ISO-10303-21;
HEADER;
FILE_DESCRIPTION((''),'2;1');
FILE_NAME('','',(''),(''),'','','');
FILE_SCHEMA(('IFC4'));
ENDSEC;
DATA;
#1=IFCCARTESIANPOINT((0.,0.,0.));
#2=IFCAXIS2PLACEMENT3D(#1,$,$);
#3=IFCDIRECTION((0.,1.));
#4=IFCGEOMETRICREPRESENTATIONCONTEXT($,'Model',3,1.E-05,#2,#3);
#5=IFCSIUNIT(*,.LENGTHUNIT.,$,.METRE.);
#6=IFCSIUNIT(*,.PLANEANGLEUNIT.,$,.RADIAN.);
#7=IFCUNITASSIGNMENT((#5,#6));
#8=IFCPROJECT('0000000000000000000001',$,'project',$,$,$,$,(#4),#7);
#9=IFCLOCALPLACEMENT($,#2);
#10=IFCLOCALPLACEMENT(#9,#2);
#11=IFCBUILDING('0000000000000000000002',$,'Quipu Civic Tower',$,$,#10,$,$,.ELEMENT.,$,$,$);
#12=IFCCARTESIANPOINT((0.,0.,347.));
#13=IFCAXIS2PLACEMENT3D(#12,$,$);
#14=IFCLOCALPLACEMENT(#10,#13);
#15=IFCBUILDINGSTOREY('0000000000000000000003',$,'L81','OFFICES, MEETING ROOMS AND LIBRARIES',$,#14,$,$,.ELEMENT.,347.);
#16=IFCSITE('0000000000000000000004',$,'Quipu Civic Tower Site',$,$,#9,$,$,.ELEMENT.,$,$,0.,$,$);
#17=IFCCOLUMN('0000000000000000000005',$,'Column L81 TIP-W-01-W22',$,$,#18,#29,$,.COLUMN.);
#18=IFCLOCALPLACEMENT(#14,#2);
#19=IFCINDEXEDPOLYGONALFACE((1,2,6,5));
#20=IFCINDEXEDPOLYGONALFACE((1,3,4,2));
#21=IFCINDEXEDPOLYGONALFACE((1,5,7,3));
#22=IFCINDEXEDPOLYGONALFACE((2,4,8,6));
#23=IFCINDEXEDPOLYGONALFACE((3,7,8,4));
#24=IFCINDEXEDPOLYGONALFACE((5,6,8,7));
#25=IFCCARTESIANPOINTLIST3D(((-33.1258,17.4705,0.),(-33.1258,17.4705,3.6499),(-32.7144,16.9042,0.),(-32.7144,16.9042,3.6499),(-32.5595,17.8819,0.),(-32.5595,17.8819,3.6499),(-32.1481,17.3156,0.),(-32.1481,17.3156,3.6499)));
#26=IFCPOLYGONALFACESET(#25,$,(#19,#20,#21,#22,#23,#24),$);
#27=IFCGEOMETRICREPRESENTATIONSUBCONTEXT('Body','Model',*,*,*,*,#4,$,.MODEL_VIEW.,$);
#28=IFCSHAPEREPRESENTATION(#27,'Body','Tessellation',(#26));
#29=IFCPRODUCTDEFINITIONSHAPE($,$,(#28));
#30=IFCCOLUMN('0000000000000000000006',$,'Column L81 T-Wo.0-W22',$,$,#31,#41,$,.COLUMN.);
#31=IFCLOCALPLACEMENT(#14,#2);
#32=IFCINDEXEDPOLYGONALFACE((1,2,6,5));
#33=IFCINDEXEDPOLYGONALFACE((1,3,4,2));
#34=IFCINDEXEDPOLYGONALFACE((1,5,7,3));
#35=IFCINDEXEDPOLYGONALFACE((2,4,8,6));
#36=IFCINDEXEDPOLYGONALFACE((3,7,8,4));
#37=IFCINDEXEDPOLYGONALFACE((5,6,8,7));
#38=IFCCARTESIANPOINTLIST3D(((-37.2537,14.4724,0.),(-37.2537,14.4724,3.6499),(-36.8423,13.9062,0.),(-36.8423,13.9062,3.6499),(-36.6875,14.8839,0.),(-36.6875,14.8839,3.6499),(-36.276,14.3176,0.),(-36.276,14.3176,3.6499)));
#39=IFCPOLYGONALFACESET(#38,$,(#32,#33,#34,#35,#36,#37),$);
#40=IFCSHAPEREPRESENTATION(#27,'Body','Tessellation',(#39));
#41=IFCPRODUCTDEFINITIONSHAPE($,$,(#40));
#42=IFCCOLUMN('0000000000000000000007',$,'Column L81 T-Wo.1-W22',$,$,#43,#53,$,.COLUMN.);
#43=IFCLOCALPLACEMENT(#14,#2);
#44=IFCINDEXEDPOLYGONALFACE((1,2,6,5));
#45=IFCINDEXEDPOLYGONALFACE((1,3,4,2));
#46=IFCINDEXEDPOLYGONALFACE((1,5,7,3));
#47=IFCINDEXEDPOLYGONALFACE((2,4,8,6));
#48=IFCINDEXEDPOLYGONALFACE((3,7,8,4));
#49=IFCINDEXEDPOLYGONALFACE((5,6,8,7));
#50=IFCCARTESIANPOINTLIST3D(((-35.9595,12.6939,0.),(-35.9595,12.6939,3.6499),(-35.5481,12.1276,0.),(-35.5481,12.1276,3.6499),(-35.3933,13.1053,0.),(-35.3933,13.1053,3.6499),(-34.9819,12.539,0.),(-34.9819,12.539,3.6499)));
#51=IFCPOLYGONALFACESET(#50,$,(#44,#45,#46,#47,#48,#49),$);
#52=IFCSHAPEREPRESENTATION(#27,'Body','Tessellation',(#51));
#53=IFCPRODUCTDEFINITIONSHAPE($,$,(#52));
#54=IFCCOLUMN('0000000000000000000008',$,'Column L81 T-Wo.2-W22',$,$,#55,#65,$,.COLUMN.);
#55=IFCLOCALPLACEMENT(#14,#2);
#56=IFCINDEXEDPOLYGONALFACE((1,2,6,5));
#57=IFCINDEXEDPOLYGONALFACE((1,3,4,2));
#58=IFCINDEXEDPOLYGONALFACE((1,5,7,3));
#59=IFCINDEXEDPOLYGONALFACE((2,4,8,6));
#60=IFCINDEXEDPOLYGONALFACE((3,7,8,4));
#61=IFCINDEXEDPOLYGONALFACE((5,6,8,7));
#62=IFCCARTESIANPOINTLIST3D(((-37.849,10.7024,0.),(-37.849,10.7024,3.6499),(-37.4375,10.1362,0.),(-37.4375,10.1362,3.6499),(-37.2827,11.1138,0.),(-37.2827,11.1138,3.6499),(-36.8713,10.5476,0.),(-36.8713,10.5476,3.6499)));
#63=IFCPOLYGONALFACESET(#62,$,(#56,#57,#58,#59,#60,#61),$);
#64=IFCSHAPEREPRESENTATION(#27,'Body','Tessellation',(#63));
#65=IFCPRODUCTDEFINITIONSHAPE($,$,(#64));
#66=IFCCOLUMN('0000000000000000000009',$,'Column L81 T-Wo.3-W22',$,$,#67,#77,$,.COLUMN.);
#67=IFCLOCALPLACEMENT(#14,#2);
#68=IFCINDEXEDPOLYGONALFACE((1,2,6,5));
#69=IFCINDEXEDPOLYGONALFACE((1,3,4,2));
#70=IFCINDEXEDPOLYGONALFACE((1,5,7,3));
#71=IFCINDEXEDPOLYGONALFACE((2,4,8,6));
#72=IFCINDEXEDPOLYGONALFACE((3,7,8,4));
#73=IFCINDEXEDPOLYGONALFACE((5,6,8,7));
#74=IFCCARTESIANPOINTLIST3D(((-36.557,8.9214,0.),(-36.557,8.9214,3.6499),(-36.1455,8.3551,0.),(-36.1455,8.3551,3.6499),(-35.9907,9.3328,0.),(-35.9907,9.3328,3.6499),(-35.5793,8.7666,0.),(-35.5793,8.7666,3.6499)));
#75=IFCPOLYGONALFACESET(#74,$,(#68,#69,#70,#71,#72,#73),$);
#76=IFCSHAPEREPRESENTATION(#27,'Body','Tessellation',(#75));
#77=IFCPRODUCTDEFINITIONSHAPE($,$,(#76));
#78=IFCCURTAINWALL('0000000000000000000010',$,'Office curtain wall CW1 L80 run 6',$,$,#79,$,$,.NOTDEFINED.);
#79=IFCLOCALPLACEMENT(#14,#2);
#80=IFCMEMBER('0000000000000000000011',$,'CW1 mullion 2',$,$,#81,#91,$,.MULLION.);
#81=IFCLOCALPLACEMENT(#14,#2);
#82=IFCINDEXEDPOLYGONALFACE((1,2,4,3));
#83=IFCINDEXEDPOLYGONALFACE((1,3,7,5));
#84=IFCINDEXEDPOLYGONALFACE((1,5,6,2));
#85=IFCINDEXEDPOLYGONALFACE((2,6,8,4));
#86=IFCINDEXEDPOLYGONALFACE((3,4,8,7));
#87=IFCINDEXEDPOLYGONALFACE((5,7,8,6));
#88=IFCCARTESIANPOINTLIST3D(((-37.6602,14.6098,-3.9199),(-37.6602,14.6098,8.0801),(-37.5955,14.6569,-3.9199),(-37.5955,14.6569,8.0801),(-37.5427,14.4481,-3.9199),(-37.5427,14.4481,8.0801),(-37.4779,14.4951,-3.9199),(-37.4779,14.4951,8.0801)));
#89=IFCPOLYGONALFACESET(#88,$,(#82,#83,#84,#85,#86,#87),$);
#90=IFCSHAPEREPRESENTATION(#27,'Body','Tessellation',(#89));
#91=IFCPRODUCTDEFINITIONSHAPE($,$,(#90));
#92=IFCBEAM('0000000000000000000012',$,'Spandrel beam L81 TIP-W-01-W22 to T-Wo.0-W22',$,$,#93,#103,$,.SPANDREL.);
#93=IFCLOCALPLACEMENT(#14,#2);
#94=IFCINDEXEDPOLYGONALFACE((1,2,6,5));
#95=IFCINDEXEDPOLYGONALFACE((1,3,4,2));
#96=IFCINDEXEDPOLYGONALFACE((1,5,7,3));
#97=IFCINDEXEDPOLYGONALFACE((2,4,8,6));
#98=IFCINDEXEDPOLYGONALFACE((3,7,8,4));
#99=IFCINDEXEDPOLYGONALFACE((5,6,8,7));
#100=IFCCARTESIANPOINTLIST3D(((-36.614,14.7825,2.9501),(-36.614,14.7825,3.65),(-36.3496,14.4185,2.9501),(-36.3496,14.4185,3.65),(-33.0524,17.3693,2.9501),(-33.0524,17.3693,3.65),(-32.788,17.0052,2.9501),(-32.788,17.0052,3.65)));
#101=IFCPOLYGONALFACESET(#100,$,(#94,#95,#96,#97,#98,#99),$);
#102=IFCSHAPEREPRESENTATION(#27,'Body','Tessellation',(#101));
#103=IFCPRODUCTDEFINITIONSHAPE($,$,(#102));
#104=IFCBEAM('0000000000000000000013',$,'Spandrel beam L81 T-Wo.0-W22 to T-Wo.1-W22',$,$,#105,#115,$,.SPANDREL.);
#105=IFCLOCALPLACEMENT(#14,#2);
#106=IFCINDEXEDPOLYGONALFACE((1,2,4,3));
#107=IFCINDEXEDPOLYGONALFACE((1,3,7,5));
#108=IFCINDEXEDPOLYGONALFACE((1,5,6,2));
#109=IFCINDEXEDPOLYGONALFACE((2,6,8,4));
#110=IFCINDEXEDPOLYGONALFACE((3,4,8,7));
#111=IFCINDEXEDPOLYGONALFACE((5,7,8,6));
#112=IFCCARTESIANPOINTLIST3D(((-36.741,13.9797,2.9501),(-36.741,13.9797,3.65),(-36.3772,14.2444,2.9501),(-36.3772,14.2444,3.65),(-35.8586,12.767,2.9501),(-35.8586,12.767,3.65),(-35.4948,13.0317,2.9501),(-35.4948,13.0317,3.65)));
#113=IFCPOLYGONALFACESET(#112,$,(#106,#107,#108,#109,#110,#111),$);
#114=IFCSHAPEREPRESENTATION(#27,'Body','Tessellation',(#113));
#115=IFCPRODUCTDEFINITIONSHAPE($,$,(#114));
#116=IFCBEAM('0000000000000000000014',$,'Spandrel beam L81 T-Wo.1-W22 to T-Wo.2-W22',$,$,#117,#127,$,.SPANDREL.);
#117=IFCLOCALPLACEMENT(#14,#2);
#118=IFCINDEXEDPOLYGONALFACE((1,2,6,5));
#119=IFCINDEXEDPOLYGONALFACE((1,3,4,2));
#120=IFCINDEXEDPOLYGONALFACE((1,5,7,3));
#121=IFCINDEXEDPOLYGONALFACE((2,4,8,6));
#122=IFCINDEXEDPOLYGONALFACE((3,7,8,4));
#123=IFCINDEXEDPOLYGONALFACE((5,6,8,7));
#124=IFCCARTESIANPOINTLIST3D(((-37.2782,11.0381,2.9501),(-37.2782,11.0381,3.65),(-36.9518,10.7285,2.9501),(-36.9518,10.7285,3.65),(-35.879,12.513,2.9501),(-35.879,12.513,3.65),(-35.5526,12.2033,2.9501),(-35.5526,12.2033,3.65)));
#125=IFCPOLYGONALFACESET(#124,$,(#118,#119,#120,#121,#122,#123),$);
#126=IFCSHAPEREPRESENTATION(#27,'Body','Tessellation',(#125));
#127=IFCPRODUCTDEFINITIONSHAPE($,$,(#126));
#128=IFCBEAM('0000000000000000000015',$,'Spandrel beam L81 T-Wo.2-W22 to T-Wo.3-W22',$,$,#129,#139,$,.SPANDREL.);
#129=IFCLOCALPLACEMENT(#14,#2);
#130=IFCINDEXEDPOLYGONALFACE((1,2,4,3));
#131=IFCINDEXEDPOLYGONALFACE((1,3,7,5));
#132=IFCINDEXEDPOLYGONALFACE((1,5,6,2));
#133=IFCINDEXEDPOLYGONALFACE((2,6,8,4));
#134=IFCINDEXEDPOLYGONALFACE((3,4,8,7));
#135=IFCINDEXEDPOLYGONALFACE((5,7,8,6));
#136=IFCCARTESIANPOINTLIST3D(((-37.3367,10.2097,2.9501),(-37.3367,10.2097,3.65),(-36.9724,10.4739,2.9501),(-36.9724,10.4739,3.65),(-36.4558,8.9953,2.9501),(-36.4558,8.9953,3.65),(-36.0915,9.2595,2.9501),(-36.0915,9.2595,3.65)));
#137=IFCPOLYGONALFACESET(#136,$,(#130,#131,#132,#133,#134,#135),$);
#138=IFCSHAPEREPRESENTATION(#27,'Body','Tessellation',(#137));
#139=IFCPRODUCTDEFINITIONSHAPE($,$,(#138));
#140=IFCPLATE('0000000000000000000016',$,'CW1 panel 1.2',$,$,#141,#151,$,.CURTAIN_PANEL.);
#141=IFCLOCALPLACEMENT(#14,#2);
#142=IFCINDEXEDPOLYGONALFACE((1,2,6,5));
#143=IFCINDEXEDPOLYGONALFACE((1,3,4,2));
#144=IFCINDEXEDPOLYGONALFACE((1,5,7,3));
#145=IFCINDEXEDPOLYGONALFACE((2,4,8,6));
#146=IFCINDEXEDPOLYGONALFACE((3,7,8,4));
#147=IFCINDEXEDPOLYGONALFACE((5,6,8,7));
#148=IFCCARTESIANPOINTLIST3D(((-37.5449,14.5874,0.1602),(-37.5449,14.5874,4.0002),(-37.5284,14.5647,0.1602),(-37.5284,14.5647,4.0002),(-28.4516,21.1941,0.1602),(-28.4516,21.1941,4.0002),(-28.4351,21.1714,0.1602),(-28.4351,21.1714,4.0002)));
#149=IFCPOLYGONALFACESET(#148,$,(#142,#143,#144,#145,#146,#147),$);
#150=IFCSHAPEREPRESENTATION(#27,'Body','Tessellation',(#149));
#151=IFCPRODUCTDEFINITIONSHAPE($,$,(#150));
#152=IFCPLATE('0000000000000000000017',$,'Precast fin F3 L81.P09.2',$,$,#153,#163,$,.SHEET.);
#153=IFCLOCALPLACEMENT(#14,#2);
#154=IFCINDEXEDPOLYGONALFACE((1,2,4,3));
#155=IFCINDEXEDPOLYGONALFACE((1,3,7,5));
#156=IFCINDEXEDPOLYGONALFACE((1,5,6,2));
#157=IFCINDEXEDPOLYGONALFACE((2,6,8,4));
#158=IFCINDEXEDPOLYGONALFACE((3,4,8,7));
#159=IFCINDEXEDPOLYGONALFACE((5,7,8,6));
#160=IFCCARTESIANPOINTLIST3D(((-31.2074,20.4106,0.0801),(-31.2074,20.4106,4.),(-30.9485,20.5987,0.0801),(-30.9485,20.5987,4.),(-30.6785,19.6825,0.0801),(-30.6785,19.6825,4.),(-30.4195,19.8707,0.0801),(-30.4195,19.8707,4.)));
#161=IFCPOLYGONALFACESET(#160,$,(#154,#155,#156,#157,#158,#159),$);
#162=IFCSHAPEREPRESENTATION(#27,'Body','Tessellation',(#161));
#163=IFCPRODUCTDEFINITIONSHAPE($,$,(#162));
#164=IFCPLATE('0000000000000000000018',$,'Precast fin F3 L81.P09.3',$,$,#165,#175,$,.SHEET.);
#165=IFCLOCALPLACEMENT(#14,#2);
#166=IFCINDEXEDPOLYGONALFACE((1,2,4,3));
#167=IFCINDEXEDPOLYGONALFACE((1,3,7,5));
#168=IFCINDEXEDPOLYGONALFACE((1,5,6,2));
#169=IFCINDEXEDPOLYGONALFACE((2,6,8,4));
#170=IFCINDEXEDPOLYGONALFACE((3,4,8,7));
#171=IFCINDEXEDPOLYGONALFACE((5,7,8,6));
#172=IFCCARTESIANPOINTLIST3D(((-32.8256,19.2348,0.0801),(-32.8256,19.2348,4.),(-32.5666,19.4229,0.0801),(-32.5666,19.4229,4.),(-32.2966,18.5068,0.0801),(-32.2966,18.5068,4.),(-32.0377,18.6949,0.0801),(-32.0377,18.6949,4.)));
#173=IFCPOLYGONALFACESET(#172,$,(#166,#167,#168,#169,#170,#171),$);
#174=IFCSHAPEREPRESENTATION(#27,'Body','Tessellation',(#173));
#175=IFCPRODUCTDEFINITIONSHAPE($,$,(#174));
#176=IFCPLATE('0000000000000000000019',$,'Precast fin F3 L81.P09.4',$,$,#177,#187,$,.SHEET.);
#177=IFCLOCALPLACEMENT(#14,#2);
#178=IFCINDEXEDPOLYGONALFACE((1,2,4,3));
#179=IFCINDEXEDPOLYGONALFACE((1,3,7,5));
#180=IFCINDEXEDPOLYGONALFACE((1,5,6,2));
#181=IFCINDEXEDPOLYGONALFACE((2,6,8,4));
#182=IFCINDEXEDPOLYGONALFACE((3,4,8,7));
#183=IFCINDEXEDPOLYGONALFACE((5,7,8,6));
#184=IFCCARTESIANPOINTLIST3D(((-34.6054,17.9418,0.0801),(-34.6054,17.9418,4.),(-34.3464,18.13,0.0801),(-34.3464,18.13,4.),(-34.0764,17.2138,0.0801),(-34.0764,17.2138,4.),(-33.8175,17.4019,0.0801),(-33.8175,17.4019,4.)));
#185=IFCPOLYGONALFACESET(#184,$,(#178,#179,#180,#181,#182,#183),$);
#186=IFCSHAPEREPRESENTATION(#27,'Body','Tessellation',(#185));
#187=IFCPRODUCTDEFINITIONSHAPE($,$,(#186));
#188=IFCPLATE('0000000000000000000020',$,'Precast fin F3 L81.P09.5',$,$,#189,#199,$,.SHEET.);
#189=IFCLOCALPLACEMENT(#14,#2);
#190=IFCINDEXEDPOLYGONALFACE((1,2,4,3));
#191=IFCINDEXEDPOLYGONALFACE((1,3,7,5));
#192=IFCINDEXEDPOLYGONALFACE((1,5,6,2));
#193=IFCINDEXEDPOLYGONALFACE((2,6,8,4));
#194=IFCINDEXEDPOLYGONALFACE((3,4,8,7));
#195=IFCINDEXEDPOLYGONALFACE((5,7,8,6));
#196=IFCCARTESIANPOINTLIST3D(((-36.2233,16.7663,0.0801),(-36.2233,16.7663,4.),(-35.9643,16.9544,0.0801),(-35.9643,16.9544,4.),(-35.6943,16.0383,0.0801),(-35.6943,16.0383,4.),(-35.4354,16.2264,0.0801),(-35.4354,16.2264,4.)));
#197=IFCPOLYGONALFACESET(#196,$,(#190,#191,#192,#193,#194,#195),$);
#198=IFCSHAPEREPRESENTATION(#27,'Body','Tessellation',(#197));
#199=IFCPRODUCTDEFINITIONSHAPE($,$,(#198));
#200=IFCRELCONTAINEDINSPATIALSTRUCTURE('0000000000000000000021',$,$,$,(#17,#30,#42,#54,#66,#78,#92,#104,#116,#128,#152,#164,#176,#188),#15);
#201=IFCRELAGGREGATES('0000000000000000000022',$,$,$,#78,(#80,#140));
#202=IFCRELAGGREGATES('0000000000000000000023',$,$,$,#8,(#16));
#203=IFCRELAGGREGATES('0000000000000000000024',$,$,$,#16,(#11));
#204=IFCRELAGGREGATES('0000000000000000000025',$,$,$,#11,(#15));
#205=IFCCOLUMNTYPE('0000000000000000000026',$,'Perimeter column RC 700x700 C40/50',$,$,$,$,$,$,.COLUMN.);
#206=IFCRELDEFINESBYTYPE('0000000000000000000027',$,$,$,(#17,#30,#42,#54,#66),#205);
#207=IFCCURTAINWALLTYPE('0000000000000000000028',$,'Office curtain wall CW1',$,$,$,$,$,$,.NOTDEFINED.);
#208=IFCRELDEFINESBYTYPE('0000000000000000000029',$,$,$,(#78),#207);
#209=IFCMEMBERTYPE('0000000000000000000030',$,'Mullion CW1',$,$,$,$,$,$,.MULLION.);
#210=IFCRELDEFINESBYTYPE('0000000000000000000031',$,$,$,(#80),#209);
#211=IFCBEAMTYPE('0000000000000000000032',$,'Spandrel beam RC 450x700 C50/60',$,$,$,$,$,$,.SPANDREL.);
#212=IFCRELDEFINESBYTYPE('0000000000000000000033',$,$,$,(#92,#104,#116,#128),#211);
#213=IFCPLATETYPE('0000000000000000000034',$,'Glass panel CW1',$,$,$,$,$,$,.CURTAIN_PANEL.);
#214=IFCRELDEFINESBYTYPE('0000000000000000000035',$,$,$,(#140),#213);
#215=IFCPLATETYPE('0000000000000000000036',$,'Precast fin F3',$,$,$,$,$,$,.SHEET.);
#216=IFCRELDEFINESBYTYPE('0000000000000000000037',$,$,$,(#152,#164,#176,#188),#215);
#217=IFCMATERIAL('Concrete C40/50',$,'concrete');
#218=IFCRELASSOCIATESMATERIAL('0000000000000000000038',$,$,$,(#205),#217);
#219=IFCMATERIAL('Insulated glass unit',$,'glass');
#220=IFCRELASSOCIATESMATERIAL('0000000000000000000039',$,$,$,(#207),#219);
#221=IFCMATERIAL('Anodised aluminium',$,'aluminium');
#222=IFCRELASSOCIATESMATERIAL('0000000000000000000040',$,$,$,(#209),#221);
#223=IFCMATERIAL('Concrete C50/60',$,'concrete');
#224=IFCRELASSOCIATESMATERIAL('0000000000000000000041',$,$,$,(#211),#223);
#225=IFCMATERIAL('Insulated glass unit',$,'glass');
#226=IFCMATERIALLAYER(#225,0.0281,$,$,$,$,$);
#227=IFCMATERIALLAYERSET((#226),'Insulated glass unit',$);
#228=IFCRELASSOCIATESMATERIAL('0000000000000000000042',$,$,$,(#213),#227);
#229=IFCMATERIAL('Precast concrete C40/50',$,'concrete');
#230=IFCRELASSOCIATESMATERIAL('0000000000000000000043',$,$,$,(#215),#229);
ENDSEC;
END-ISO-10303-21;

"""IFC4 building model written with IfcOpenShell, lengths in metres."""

from ifc_helpers import new_model, si_unit, direction, frame, origin, origin_2d, place, context, subcontext, project, spatial, rectangle, extrude, material, layer, layer_set, material_profile, profile_set, type_object, element, aggregate, save


model = new_model("IFC4")

# Units and contexts
model_context = context("Model", 3, precision=1e-05, world=origin(), true_north=direction((0.0, 1.0)))
body_context = subcontext(model_context, "Body", "Model", "MODEL_VIEW")
ifc_project = project(units=[si_unit("LENGTHUNIT", "METRE"), si_unit("PLANEANGLEUNIT", "RADIAN")], contexts=[model_context])

# Site, building, storey
site_placement = place(None, origin())
site = spatial("IfcSite", under=ifc_project, at=site_placement, Name="Quipu Civic Tower Site", CompositionType="ELEMENT", RefElevation=0.0)
building_placement = place(site_placement, origin())
building = spatial("IfcBuilding", under=site, at=building_placement, Name="Quipu Civic Tower", CompositionType="ELEMENT")
storey_placement = place(building_placement, frame((0.0, 0.0, 347.0)))
storey = spatial("IfcBuildingStorey", under=building, at=storey_placement, Name="L81", Description="OFFICES, MEETING ROOMS AND LIBRARIES", CompositionType="ELEMENT", Elevation=347.0)

# Columns
ifc_material_1 = material(Name="Concrete C40/50", Category="concrete")
ifc_material_profile_1 = material_profile(ifc_material_1, rectangle(XDim=0.7, YDim=0.7, at=origin_2d()), Name="RC700x700")
ifc_profile_set_1 = profile_set([ifc_material_profile_1], Name="Concrete C40/50")
column_type = type_object("IfcColumnType", Name="Perimeter column RC 700x700 C40/50", PredefinedType="COLUMN", material=ifc_profile_set_1)
for number, where, z_axis, x_axis, name in (
    (1, (-32.637, 17.3931, 0.0), (0.0, 0.0, 1.0), (-0.809017, -0.587785, 0.0), "Column L81 TIP-W-01-W22"),
    (2, (-36.7649, 14.395, 0.0), (0.0, 0.0, 1.0), (0.587785, -0.809017, 0.0), "Column L81 T-Wo.0-W22"),
    (3, (-35.4707, 12.6165, 0.0), (0.0, 0.0, 1.0), (-0.809017, -0.587785, 0.0), "Column L81 T-Wo.1-W22"),
    (4, (-37.3601, 10.625, 0.0), (0.0, 0.0, 1.0), (0.587785, -0.809017, 0.0), "Column L81 T-Wo.2-W22"),
    (5, (-36.0681, 8.844, 0.0), (0.0, 0.0, 1.0), (0.587785, -0.809017, 0.0), "Column L81 T-Wo.3-W22"),
):
    element("IfcColumn", number, at=place(storey_placement, frame(where, z_axis=z_axis, x_axis=x_axis)), inside=storey, type_object=column_type, Name=name, PredefinedType="COLUMN", context=body_context, shape_type="SweptSolid", body=[
        extrude(rectangle(XDim=0.7, YDim=0.7, at=origin_2d()), origin(), (0.0, 0.0, 1.0), 3.6499),
    ])

# Curtain wall, member
ifc_material_2 = material(Name="Insulated glass unit", Category="glass")
curtain_wall_type = type_object("IfcCurtainWallType", Name="Office curtain wall CW1", PredefinedType="NOTDEFINED", material=ifc_material_2)
curtain_wall_placement = place(storey_placement, origin())
curtain_wall = element("IfcCurtainWall", 6, at=curtain_wall_placement, inside=storey, type_object=curtain_wall_type, Name="Office curtain wall CW1 L80 run 6", PredefinedType="NOTDEFINED")
ifc_material_3 = material(Name="Anodised aluminium", Category="aluminium")
ifc_material_profile_2 = material_profile(ifc_material_3, rectangle(XDim=0.2, YDim=0.0801, at=origin_2d()), Name="RECT 200x80")
ifc_profile_set_2 = profile_set([ifc_material_profile_2], Name="Anodised aluminium")
member_type = type_object("IfcMemberType", Name="Mullion CW1", PredefinedType="MULLION", material=ifc_profile_set_2)
member_placement = place(storey_placement, frame((-37.5691, 14.5525, -3.9199), z_axis=(0.0, 0.0, 1.0), x_axis=(0.587788, -0.809015, 0.0)))
member = element("IfcMember", 7, at=member_placement, type_object=member_type, Name="CW1 mullion 2", PredefinedType="MULLION", context=body_context, shape_type="SweptSolid", body=[
    extrude(rectangle(XDim=0.2, YDim=0.0801, at=origin_2d()), origin(), (0.0, 0.0, 1.0), 12.0),
])

# Beams
ifc_material_4 = material(Name="Concrete C50/60", Category="concrete")
ifc_material_profile_3 = material_profile(ifc_material_4, rectangle(XDim=0.45, YDim=0.7, at=origin_2d()), Name="RC450x700")
ifc_profile_set_3 = profile_set([ifc_material_profile_3], Name="Concrete C50/60")
beam_type = type_object("IfcBeamType", Name="Spandrel beam RC 450x700 C50/60", PredefinedType="SPANDREL", material=ifc_profile_set_3)
beam_1_placement = place(storey_placement, frame((-32.9202, 17.1873, 3.3), z_axis=(-0.809117, -0.587647, 0.0), x_axis=(0.587647, -0.809117, 0.0)))
element("IfcBeam", 8, at=beam_1_placement, inside=storey, type_object=beam_type, Name="Spandrel beam L81 TIP-W-01-W22 to T-Wo.0-W22", PredefinedType="SPANDREL", context=body_context, shape_type="SweptSolid", body=[
    extrude(rectangle(XDim=0.45, YDim=0.7, at=origin_2d()), origin(), (0.0, 0.0, 1.0), 4.4019),
])
beam_2_placement = place(storey_placement, frame((-36.5591, 14.1121, 3.3), z_axis=(0.588346, -0.808609, 0.0), x_axis=(0.808609, 0.588346, 0.0)))
element("IfcBeam", 9, at=beam_2_placement, inside=storey, type_object=beam_type, Name="Spandrel beam L81 T-Wo.0-W22 to T-Wo.1-W22", PredefinedType="SPANDREL", context=body_context, shape_type="SweptSolid", body=[
    extrude(rectangle(XDim=0.45, YDim=0.7, at=origin_2d()), origin(), (0.0, 0.0, 1.0), 1.4998),
])
beam_3_placement = place(storey_placement, frame((-35.7158, 12.3582, 3.3), z_axis=(-0.688247, -0.725476, 0.0), x_axis=(0.725476, -0.688247, 0.0)))
element("IfcBeam", 10, at=beam_3_placement, inside=storey, type_object=beam_type, Name="Spandrel beam L81 T-Wo.1-W22 to T-Wo.2-W22", PredefinedType="SPANDREL", context=body_context, shape_type="SweptSolid", body=[
    extrude(rectangle(XDim=0.45, YDim=0.7, at=origin_2d()), origin(), (0.0, 0.0, 1.0), 2.033),
])
beam_4_placement = place(storey_placement, frame((-37.1545, 10.3418, 3.3), z_axis=(0.587165, -0.809467, 0.0), x_axis=(0.809467, 0.587165, 0.0)))
element("IfcBeam", 11, at=beam_4_placement, inside=storey, type_object=beam_type, Name="Spandrel beam L81 T-Wo.2-W22 to T-Wo.3-W22", PredefinedType="SPANDREL", context=body_context, shape_type="SweptSolid", body=[
    extrude(rectangle(XDim=0.45, YDim=0.7, at=origin_2d()), origin(), (0.0, 0.0, 1.0), 1.5002),
])

# Plate
ifc_material_5 = material(Name="Insulated glass unit", Category="glass")
ifc_layer_1 = layer(ifc_material_5, 0.0281)
ifc_layer_set_1 = layer_set([ifc_layer_1], Name="Insulated glass unit")
plate_type_1 = type_object("IfcPlateType", Name="Glass panel CW1", PredefinedType="CURTAIN_PANEL", material=ifc_layer_set_1)
plate_placement = place(storey_placement, frame((-32.99, 17.8794, 0.1602), z_axis=(0.0, 0.0, 1.0), x_axis=(-0.809015, -0.587788, 0.0)))
plate = element("IfcPlate", 12, at=plate_placement, type_object=plate_type_1, Name="CW1 panel 1.2", PredefinedType="CURTAIN_PANEL", context=body_context, shape_type="SweptSolid", body=[
    extrude(rectangle(XDim=11.24, YDim=0.0281, at=origin_2d()), origin(), (0.0, 0.0, 1.0), 3.8401),
])
aggregate(curtain_wall, [member, plate])

# Plates
ifc_material_6 = material(Name="Precast concrete C40/50", Category="concrete")
plate_type_2 = type_object("IfcPlateType", Name="Precast fin F3", PredefinedType="SHEET", material=ifc_material_6)
for number, where, z_axis, x_axis, name in (
    (13, (-30.8135, 20.1406, 0.0801), (0.0, 0.0, 1.0), (-0.809017, -0.587785, 0.0), "Precast fin F3 L81.P09.2"),
    (14, (-32.4316, 18.9648, 0.0801), (0.0, 0.0, 1.0), (-0.809017, -0.587785, 0.0), "Precast fin F3 L81.P09.3"),
    (15, (-34.2114, 17.6719, 0.0801), (0.0, 0.0, 1.0), (-0.809017, -0.587785, 0.0), "Precast fin F3 L81.P09.4"),
    (16, (-35.8293, 16.4963, 0.0801), (0.0, 0.0, 1.0), (-0.809017, -0.587785, 0.0), "Precast fin F3 L81.P09.5"),
):
    element("IfcPlate", number, at=place(storey_placement, frame(where, z_axis=z_axis, x_axis=x_axis)), inside=storey, type_object=plate_type_2, Name=name, PredefinedType="SHEET", context=body_context, shape_type="SweptSolid", body=[
        extrude(rectangle(XDim=0.3201, YDim=0.8999, at=origin_2d()), origin(), (0.0, 0.0, 1.0), 3.9199),
    ])

save(model, "model.ifc")
